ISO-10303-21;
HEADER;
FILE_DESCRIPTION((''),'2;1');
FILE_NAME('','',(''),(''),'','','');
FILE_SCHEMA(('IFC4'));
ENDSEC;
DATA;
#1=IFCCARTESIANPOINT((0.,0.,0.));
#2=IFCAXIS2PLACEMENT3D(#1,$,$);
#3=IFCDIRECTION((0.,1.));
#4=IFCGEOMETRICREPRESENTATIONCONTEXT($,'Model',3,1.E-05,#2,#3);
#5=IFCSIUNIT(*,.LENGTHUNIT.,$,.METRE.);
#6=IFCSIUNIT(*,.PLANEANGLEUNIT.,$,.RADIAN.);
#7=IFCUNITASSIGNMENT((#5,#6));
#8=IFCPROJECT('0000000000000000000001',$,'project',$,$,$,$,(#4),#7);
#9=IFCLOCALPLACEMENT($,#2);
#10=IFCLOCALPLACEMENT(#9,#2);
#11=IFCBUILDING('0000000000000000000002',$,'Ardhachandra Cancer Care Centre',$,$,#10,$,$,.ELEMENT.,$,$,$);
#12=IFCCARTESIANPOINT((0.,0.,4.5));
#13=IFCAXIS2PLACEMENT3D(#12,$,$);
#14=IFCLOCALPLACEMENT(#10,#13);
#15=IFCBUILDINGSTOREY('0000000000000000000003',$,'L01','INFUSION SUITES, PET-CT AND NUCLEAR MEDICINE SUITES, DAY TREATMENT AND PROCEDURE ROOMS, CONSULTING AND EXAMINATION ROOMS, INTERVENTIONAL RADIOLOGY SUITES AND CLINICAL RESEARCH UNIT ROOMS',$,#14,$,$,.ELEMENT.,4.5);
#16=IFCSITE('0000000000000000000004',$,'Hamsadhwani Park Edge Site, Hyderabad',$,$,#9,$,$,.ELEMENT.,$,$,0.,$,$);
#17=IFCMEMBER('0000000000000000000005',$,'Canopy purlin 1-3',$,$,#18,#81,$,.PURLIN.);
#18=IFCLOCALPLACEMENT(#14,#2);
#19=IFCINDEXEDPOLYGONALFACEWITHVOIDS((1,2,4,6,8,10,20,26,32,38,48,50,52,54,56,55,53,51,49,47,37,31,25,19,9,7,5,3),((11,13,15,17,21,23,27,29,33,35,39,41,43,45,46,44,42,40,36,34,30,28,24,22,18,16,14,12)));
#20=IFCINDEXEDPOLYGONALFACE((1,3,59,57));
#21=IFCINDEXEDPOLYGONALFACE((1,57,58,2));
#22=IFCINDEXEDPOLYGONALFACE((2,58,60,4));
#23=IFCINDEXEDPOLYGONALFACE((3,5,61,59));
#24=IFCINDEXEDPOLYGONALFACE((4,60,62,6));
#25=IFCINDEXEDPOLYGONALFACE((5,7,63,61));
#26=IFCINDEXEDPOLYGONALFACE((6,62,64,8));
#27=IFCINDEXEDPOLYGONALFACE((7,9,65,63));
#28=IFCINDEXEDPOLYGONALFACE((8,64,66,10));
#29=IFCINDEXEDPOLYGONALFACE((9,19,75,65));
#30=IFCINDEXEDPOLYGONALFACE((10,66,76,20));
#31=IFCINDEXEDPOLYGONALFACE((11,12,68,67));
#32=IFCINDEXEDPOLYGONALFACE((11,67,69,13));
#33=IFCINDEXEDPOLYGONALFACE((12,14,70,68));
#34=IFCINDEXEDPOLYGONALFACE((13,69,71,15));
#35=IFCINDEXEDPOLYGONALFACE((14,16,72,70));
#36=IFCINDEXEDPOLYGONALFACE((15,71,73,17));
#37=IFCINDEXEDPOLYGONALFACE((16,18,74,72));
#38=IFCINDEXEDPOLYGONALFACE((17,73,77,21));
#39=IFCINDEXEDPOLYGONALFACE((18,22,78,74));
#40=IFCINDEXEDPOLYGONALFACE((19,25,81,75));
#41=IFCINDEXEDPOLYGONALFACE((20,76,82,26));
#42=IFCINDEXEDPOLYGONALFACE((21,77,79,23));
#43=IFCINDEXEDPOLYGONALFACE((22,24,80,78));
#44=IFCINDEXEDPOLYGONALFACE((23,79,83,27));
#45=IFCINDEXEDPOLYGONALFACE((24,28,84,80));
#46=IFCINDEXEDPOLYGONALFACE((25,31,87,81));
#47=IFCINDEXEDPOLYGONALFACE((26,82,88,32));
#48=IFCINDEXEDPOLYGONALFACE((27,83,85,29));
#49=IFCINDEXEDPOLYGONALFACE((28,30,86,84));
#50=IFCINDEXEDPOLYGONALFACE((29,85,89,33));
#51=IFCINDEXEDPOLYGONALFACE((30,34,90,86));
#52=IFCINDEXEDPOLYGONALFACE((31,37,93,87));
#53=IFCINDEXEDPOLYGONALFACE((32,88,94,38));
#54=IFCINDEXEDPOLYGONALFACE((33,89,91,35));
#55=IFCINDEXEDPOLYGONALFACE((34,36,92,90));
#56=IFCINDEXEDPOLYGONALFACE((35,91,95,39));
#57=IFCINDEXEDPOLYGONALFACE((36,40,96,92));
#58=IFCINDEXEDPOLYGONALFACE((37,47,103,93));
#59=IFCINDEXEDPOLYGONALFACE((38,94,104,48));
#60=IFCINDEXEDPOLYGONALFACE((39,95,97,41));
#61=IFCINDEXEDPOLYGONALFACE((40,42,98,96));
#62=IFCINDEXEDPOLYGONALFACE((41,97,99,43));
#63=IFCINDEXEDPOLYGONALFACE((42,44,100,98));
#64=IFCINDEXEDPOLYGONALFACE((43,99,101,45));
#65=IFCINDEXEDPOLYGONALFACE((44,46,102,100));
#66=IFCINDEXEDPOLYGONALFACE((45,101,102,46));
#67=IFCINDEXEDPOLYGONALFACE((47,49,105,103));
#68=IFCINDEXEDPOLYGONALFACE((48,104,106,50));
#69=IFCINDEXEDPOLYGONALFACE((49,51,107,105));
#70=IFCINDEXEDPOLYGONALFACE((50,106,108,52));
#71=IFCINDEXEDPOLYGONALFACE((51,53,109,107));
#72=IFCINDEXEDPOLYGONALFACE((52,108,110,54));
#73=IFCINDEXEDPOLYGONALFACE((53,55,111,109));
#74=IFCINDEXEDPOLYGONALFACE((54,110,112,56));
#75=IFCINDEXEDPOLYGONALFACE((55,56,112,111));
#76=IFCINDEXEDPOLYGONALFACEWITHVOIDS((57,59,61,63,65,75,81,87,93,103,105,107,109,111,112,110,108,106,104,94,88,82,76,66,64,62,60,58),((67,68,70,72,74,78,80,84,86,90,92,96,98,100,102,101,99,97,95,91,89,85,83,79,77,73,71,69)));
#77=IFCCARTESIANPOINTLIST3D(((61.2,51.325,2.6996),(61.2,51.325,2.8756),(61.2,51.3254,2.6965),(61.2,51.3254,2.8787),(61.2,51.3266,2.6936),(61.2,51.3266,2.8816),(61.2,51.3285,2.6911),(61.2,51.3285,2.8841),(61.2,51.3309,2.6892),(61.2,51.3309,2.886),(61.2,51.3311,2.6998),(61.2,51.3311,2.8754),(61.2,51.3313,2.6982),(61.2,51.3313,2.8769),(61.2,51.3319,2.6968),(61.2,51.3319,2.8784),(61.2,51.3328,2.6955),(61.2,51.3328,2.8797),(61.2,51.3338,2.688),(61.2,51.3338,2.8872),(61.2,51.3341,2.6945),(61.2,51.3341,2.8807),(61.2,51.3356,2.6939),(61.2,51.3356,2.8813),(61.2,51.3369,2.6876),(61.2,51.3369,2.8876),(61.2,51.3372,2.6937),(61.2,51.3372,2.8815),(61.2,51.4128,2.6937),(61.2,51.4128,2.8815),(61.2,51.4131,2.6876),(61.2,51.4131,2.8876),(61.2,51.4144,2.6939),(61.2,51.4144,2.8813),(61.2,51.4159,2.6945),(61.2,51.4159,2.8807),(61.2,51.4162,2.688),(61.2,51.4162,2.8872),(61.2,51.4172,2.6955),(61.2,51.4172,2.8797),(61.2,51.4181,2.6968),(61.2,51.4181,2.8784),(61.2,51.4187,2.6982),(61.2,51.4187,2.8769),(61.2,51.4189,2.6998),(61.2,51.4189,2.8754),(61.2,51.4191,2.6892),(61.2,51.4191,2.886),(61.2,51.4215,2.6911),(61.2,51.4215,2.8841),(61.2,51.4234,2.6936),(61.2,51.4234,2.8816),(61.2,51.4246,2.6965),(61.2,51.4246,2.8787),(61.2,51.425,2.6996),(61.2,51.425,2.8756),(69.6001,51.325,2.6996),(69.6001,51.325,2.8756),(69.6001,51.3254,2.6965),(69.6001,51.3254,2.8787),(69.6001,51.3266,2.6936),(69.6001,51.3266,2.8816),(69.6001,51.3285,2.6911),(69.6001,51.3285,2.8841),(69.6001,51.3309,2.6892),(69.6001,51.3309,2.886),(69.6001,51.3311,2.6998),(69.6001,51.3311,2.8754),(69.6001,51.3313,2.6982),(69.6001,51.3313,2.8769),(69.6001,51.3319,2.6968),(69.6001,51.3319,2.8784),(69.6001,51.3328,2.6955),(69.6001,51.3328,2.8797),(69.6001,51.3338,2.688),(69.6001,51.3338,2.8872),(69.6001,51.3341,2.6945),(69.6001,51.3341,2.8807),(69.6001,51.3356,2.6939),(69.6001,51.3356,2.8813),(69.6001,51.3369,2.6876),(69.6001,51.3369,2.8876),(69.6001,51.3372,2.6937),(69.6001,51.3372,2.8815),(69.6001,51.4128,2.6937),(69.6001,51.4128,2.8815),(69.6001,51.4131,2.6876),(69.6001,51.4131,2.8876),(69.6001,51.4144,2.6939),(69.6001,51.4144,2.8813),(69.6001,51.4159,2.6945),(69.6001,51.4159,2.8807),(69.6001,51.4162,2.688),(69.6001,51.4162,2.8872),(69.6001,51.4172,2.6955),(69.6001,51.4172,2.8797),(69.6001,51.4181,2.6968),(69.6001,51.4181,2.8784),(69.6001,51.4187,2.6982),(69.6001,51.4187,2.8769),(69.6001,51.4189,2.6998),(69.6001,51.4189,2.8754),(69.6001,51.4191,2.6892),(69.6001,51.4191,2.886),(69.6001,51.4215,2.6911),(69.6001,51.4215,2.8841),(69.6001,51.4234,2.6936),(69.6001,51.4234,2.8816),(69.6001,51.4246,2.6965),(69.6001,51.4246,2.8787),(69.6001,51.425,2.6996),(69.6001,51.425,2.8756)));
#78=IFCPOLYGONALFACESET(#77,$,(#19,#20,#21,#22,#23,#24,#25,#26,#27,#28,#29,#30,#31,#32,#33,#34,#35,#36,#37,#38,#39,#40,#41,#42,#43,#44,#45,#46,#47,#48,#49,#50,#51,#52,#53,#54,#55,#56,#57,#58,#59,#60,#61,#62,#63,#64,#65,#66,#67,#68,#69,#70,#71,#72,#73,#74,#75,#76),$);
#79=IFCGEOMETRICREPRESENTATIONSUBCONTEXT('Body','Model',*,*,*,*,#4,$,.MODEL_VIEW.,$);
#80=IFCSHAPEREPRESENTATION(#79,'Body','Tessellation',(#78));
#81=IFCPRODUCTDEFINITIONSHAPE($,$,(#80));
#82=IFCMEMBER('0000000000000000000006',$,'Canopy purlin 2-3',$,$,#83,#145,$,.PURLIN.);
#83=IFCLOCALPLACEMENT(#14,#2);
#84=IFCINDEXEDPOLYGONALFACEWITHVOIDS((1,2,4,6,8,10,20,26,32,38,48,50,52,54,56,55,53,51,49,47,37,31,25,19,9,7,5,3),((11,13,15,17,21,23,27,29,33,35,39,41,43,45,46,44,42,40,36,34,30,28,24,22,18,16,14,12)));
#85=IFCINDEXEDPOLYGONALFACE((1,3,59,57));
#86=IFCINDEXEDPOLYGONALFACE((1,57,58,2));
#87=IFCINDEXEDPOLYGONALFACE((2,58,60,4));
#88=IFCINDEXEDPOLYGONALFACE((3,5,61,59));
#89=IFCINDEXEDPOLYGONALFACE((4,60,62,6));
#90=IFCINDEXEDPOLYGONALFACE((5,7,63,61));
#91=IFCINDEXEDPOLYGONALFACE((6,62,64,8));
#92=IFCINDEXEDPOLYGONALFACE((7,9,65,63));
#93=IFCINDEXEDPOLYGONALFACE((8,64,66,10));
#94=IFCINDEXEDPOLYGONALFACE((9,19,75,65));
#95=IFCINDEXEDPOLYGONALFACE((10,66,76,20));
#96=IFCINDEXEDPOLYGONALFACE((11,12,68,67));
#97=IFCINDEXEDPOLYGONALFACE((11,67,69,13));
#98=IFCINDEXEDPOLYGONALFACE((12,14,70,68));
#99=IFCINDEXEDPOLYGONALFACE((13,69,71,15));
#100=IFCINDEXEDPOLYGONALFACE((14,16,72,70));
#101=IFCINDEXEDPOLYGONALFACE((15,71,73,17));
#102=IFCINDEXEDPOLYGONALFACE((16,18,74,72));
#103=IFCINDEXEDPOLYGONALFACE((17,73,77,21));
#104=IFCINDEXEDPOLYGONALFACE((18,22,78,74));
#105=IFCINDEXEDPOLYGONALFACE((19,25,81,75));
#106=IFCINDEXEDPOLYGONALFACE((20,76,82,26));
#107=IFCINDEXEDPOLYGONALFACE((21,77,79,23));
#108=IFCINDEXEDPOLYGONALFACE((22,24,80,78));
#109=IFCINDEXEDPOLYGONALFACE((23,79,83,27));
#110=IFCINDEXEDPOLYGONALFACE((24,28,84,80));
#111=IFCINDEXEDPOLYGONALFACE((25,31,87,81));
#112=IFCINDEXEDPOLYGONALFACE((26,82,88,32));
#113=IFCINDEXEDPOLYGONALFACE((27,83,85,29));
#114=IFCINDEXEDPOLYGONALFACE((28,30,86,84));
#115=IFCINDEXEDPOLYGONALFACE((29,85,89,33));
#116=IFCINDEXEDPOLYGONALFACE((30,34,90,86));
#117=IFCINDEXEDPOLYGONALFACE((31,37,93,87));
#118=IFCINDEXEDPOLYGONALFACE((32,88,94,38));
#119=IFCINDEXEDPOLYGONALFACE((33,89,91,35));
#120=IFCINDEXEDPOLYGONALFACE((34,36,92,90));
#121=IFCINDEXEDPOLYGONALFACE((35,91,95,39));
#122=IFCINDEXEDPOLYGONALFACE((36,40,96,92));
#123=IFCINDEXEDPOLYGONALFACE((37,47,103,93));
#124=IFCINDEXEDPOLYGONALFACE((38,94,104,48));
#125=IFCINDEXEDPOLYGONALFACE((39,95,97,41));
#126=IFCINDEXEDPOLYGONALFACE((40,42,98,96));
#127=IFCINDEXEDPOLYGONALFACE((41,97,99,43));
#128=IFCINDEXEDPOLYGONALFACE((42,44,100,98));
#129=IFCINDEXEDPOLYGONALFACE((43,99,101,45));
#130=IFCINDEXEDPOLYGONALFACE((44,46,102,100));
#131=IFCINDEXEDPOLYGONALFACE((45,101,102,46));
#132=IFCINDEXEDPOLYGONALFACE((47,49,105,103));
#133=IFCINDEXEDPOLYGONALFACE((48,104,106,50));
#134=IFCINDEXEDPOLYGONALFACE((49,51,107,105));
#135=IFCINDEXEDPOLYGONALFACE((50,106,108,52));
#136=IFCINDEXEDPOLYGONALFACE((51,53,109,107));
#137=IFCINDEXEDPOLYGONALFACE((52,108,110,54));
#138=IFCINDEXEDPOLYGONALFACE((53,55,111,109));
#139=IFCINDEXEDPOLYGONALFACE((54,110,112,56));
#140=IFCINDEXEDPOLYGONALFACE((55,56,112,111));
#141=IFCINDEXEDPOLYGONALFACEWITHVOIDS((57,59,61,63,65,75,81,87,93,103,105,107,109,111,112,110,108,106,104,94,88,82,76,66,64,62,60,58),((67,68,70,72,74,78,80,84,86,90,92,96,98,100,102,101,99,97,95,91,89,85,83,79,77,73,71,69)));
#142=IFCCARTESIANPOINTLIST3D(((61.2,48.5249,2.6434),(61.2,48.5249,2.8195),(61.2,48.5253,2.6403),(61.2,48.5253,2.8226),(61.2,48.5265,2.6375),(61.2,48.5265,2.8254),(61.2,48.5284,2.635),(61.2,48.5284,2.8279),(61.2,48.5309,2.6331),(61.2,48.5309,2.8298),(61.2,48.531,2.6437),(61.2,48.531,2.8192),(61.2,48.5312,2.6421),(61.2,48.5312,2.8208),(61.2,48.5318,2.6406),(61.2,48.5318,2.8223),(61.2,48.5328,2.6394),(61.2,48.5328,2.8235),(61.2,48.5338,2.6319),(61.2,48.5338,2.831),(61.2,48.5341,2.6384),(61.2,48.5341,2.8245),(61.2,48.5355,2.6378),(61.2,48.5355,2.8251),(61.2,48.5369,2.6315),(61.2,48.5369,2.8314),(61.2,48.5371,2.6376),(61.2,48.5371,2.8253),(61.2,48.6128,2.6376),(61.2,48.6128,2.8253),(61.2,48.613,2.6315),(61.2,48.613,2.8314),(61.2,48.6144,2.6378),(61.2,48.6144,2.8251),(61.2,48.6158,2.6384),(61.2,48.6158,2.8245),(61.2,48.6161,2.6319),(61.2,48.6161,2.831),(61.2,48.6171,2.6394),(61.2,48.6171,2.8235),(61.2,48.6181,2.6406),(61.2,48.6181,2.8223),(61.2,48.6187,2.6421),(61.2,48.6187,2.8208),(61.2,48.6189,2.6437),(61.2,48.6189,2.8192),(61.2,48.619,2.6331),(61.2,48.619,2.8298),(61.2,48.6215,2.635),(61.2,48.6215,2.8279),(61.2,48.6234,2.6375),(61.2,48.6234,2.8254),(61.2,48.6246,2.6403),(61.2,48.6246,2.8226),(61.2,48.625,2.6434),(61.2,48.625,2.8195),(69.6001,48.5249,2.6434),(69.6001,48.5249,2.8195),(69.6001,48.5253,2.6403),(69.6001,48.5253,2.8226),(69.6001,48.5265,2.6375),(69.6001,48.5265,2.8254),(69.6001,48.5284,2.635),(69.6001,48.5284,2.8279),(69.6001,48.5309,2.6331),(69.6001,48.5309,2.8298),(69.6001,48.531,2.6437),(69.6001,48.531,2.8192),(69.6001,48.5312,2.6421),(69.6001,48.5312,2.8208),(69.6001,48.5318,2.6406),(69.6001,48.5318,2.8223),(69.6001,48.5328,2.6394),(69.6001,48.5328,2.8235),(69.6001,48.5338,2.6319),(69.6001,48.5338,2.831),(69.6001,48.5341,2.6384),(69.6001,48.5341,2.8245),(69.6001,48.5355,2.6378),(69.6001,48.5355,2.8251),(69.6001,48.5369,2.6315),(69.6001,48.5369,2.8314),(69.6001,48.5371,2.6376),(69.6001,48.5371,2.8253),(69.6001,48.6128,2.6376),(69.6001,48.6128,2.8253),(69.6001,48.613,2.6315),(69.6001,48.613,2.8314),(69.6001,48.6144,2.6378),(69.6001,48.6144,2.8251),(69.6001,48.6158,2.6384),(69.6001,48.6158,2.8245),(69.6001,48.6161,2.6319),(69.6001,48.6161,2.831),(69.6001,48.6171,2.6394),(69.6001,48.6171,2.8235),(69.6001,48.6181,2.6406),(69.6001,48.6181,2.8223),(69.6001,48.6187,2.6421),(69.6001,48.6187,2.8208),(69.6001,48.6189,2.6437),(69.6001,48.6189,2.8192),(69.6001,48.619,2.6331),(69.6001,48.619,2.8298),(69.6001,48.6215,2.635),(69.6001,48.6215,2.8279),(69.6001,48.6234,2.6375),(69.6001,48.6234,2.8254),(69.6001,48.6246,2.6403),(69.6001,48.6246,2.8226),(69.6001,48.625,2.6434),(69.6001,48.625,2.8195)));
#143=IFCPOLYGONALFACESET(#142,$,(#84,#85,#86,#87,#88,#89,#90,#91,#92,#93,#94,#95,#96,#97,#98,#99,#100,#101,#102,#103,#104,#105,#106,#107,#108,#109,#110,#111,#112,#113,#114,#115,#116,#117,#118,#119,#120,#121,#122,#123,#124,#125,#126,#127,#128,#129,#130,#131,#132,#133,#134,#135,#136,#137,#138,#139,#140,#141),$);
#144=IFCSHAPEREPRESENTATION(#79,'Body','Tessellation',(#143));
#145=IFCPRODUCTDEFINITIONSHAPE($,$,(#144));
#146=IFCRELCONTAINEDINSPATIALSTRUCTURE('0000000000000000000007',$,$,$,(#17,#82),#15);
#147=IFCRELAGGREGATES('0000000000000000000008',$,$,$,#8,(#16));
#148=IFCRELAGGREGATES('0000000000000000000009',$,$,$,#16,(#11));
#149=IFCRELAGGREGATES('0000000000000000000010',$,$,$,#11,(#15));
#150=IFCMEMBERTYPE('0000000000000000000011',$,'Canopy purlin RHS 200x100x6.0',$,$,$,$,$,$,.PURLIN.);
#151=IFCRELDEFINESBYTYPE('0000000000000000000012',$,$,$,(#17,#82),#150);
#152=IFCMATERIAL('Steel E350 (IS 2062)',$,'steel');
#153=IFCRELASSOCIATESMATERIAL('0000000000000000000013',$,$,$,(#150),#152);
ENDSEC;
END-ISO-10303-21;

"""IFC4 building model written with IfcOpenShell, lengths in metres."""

from ifc_helpers import new_model, si_unit, direction, frame, origin, origin_2d, place, context, subcontext, project, spatial, hollow_rectangle, extrude, material, material_profile, profile_set, type_object, element, save


model = new_model("IFC4")

# Units and contexts
model_context = context("Model", 3, precision=1e-05, world=origin(), true_north=direction((0.0, 1.0)))
body_context = subcontext(model_context, "Body", "Model", "MODEL_VIEW")
ifc_project = project(units=[si_unit("LENGTHUNIT", "METRE"), si_unit("PLANEANGLEUNIT", "RADIAN")], contexts=[model_context])

# Site, building, storey
site_placement = place(None, origin())
site = spatial("IfcSite", under=ifc_project, at=site_placement, Name="Hamsadhwani Park Edge Site, Hyderabad", CompositionType="ELEMENT", RefElevation=0.0)
building_placement = place(site_placement, origin())
building = spatial("IfcBuilding", under=site, at=building_placement, Name="Ardhachandra Cancer Care Centre", CompositionType="ELEMENT")
storey_placement = place(building_placement, frame((0.0, 0.0, 4.5)))
storey = spatial("IfcBuildingStorey", under=building, at=storey_placement, Name="L01", Description="INFUSION SUITES, PET-CT AND NUCLEAR MEDICINE SUITES, DAY TREATMENT AND PROCEDURE ROOMS, CONSULTING AND EXAMINATION ROOMS, INTERVENTIONAL RADIOLOGY SUITES AND CLINICAL RESEARCH UNIT ROOMS", CompositionType="ELEMENT", Elevation=4.5)

# Members
ifc_material_1 = material(Name="Steel E350 (IS 2062)", Category="steel")
ifc_material_profile_1 = material_profile(ifc_material_1, hollow_rectangle(XDim=0.1001, YDim=0.2, WallThickness=0.0061, InnerFilletRadius=0.0061, OuterFilletRadius=0.012, at=origin_2d()), Name="RHS 200x100x6.0")
ifc_profile_set_1 = profile_set([ifc_material_profile_1], Name="Steel E350 (IS 2062)")
member_type_1 = type_object("IfcMemberType", Name="Canopy purlin RHS 200x100x6.0", PredefinedType="PURLIN", material=ifc_profile_set_1)
for number, where, z_axis, x_axis, name in (
    (1, (61.2, 51.375, 2.7876), (1.0, 0.0, 0.0), (0.0, 1.0, 0.0), "Canopy purlin 1-3"),
    (2, (61.2, 48.575, 2.7314), (1.0, 0.0, 0.0), (0.0, 1.0, 0.0), "Canopy purlin 2-3"),
):
    element("IfcMember", number, at=place(storey_placement, frame(where, z_axis=z_axis, x_axis=x_axis)), inside=storey, type_object=member_type_1, Name=name, PredefinedType="PURLIN", context=body_context, shape_type="SweptSolid", body=[
        extrude(hollow_rectangle(XDim=0.1001, YDim=0.2, WallThickness=0.0061, InnerFilletRadius=0.0061, OuterFilletRadius=0.012, at=origin_2d()), origin(), (0.0, 0.0, 1.0), 8.4001),
    ])

save(model, "model.ifc")
